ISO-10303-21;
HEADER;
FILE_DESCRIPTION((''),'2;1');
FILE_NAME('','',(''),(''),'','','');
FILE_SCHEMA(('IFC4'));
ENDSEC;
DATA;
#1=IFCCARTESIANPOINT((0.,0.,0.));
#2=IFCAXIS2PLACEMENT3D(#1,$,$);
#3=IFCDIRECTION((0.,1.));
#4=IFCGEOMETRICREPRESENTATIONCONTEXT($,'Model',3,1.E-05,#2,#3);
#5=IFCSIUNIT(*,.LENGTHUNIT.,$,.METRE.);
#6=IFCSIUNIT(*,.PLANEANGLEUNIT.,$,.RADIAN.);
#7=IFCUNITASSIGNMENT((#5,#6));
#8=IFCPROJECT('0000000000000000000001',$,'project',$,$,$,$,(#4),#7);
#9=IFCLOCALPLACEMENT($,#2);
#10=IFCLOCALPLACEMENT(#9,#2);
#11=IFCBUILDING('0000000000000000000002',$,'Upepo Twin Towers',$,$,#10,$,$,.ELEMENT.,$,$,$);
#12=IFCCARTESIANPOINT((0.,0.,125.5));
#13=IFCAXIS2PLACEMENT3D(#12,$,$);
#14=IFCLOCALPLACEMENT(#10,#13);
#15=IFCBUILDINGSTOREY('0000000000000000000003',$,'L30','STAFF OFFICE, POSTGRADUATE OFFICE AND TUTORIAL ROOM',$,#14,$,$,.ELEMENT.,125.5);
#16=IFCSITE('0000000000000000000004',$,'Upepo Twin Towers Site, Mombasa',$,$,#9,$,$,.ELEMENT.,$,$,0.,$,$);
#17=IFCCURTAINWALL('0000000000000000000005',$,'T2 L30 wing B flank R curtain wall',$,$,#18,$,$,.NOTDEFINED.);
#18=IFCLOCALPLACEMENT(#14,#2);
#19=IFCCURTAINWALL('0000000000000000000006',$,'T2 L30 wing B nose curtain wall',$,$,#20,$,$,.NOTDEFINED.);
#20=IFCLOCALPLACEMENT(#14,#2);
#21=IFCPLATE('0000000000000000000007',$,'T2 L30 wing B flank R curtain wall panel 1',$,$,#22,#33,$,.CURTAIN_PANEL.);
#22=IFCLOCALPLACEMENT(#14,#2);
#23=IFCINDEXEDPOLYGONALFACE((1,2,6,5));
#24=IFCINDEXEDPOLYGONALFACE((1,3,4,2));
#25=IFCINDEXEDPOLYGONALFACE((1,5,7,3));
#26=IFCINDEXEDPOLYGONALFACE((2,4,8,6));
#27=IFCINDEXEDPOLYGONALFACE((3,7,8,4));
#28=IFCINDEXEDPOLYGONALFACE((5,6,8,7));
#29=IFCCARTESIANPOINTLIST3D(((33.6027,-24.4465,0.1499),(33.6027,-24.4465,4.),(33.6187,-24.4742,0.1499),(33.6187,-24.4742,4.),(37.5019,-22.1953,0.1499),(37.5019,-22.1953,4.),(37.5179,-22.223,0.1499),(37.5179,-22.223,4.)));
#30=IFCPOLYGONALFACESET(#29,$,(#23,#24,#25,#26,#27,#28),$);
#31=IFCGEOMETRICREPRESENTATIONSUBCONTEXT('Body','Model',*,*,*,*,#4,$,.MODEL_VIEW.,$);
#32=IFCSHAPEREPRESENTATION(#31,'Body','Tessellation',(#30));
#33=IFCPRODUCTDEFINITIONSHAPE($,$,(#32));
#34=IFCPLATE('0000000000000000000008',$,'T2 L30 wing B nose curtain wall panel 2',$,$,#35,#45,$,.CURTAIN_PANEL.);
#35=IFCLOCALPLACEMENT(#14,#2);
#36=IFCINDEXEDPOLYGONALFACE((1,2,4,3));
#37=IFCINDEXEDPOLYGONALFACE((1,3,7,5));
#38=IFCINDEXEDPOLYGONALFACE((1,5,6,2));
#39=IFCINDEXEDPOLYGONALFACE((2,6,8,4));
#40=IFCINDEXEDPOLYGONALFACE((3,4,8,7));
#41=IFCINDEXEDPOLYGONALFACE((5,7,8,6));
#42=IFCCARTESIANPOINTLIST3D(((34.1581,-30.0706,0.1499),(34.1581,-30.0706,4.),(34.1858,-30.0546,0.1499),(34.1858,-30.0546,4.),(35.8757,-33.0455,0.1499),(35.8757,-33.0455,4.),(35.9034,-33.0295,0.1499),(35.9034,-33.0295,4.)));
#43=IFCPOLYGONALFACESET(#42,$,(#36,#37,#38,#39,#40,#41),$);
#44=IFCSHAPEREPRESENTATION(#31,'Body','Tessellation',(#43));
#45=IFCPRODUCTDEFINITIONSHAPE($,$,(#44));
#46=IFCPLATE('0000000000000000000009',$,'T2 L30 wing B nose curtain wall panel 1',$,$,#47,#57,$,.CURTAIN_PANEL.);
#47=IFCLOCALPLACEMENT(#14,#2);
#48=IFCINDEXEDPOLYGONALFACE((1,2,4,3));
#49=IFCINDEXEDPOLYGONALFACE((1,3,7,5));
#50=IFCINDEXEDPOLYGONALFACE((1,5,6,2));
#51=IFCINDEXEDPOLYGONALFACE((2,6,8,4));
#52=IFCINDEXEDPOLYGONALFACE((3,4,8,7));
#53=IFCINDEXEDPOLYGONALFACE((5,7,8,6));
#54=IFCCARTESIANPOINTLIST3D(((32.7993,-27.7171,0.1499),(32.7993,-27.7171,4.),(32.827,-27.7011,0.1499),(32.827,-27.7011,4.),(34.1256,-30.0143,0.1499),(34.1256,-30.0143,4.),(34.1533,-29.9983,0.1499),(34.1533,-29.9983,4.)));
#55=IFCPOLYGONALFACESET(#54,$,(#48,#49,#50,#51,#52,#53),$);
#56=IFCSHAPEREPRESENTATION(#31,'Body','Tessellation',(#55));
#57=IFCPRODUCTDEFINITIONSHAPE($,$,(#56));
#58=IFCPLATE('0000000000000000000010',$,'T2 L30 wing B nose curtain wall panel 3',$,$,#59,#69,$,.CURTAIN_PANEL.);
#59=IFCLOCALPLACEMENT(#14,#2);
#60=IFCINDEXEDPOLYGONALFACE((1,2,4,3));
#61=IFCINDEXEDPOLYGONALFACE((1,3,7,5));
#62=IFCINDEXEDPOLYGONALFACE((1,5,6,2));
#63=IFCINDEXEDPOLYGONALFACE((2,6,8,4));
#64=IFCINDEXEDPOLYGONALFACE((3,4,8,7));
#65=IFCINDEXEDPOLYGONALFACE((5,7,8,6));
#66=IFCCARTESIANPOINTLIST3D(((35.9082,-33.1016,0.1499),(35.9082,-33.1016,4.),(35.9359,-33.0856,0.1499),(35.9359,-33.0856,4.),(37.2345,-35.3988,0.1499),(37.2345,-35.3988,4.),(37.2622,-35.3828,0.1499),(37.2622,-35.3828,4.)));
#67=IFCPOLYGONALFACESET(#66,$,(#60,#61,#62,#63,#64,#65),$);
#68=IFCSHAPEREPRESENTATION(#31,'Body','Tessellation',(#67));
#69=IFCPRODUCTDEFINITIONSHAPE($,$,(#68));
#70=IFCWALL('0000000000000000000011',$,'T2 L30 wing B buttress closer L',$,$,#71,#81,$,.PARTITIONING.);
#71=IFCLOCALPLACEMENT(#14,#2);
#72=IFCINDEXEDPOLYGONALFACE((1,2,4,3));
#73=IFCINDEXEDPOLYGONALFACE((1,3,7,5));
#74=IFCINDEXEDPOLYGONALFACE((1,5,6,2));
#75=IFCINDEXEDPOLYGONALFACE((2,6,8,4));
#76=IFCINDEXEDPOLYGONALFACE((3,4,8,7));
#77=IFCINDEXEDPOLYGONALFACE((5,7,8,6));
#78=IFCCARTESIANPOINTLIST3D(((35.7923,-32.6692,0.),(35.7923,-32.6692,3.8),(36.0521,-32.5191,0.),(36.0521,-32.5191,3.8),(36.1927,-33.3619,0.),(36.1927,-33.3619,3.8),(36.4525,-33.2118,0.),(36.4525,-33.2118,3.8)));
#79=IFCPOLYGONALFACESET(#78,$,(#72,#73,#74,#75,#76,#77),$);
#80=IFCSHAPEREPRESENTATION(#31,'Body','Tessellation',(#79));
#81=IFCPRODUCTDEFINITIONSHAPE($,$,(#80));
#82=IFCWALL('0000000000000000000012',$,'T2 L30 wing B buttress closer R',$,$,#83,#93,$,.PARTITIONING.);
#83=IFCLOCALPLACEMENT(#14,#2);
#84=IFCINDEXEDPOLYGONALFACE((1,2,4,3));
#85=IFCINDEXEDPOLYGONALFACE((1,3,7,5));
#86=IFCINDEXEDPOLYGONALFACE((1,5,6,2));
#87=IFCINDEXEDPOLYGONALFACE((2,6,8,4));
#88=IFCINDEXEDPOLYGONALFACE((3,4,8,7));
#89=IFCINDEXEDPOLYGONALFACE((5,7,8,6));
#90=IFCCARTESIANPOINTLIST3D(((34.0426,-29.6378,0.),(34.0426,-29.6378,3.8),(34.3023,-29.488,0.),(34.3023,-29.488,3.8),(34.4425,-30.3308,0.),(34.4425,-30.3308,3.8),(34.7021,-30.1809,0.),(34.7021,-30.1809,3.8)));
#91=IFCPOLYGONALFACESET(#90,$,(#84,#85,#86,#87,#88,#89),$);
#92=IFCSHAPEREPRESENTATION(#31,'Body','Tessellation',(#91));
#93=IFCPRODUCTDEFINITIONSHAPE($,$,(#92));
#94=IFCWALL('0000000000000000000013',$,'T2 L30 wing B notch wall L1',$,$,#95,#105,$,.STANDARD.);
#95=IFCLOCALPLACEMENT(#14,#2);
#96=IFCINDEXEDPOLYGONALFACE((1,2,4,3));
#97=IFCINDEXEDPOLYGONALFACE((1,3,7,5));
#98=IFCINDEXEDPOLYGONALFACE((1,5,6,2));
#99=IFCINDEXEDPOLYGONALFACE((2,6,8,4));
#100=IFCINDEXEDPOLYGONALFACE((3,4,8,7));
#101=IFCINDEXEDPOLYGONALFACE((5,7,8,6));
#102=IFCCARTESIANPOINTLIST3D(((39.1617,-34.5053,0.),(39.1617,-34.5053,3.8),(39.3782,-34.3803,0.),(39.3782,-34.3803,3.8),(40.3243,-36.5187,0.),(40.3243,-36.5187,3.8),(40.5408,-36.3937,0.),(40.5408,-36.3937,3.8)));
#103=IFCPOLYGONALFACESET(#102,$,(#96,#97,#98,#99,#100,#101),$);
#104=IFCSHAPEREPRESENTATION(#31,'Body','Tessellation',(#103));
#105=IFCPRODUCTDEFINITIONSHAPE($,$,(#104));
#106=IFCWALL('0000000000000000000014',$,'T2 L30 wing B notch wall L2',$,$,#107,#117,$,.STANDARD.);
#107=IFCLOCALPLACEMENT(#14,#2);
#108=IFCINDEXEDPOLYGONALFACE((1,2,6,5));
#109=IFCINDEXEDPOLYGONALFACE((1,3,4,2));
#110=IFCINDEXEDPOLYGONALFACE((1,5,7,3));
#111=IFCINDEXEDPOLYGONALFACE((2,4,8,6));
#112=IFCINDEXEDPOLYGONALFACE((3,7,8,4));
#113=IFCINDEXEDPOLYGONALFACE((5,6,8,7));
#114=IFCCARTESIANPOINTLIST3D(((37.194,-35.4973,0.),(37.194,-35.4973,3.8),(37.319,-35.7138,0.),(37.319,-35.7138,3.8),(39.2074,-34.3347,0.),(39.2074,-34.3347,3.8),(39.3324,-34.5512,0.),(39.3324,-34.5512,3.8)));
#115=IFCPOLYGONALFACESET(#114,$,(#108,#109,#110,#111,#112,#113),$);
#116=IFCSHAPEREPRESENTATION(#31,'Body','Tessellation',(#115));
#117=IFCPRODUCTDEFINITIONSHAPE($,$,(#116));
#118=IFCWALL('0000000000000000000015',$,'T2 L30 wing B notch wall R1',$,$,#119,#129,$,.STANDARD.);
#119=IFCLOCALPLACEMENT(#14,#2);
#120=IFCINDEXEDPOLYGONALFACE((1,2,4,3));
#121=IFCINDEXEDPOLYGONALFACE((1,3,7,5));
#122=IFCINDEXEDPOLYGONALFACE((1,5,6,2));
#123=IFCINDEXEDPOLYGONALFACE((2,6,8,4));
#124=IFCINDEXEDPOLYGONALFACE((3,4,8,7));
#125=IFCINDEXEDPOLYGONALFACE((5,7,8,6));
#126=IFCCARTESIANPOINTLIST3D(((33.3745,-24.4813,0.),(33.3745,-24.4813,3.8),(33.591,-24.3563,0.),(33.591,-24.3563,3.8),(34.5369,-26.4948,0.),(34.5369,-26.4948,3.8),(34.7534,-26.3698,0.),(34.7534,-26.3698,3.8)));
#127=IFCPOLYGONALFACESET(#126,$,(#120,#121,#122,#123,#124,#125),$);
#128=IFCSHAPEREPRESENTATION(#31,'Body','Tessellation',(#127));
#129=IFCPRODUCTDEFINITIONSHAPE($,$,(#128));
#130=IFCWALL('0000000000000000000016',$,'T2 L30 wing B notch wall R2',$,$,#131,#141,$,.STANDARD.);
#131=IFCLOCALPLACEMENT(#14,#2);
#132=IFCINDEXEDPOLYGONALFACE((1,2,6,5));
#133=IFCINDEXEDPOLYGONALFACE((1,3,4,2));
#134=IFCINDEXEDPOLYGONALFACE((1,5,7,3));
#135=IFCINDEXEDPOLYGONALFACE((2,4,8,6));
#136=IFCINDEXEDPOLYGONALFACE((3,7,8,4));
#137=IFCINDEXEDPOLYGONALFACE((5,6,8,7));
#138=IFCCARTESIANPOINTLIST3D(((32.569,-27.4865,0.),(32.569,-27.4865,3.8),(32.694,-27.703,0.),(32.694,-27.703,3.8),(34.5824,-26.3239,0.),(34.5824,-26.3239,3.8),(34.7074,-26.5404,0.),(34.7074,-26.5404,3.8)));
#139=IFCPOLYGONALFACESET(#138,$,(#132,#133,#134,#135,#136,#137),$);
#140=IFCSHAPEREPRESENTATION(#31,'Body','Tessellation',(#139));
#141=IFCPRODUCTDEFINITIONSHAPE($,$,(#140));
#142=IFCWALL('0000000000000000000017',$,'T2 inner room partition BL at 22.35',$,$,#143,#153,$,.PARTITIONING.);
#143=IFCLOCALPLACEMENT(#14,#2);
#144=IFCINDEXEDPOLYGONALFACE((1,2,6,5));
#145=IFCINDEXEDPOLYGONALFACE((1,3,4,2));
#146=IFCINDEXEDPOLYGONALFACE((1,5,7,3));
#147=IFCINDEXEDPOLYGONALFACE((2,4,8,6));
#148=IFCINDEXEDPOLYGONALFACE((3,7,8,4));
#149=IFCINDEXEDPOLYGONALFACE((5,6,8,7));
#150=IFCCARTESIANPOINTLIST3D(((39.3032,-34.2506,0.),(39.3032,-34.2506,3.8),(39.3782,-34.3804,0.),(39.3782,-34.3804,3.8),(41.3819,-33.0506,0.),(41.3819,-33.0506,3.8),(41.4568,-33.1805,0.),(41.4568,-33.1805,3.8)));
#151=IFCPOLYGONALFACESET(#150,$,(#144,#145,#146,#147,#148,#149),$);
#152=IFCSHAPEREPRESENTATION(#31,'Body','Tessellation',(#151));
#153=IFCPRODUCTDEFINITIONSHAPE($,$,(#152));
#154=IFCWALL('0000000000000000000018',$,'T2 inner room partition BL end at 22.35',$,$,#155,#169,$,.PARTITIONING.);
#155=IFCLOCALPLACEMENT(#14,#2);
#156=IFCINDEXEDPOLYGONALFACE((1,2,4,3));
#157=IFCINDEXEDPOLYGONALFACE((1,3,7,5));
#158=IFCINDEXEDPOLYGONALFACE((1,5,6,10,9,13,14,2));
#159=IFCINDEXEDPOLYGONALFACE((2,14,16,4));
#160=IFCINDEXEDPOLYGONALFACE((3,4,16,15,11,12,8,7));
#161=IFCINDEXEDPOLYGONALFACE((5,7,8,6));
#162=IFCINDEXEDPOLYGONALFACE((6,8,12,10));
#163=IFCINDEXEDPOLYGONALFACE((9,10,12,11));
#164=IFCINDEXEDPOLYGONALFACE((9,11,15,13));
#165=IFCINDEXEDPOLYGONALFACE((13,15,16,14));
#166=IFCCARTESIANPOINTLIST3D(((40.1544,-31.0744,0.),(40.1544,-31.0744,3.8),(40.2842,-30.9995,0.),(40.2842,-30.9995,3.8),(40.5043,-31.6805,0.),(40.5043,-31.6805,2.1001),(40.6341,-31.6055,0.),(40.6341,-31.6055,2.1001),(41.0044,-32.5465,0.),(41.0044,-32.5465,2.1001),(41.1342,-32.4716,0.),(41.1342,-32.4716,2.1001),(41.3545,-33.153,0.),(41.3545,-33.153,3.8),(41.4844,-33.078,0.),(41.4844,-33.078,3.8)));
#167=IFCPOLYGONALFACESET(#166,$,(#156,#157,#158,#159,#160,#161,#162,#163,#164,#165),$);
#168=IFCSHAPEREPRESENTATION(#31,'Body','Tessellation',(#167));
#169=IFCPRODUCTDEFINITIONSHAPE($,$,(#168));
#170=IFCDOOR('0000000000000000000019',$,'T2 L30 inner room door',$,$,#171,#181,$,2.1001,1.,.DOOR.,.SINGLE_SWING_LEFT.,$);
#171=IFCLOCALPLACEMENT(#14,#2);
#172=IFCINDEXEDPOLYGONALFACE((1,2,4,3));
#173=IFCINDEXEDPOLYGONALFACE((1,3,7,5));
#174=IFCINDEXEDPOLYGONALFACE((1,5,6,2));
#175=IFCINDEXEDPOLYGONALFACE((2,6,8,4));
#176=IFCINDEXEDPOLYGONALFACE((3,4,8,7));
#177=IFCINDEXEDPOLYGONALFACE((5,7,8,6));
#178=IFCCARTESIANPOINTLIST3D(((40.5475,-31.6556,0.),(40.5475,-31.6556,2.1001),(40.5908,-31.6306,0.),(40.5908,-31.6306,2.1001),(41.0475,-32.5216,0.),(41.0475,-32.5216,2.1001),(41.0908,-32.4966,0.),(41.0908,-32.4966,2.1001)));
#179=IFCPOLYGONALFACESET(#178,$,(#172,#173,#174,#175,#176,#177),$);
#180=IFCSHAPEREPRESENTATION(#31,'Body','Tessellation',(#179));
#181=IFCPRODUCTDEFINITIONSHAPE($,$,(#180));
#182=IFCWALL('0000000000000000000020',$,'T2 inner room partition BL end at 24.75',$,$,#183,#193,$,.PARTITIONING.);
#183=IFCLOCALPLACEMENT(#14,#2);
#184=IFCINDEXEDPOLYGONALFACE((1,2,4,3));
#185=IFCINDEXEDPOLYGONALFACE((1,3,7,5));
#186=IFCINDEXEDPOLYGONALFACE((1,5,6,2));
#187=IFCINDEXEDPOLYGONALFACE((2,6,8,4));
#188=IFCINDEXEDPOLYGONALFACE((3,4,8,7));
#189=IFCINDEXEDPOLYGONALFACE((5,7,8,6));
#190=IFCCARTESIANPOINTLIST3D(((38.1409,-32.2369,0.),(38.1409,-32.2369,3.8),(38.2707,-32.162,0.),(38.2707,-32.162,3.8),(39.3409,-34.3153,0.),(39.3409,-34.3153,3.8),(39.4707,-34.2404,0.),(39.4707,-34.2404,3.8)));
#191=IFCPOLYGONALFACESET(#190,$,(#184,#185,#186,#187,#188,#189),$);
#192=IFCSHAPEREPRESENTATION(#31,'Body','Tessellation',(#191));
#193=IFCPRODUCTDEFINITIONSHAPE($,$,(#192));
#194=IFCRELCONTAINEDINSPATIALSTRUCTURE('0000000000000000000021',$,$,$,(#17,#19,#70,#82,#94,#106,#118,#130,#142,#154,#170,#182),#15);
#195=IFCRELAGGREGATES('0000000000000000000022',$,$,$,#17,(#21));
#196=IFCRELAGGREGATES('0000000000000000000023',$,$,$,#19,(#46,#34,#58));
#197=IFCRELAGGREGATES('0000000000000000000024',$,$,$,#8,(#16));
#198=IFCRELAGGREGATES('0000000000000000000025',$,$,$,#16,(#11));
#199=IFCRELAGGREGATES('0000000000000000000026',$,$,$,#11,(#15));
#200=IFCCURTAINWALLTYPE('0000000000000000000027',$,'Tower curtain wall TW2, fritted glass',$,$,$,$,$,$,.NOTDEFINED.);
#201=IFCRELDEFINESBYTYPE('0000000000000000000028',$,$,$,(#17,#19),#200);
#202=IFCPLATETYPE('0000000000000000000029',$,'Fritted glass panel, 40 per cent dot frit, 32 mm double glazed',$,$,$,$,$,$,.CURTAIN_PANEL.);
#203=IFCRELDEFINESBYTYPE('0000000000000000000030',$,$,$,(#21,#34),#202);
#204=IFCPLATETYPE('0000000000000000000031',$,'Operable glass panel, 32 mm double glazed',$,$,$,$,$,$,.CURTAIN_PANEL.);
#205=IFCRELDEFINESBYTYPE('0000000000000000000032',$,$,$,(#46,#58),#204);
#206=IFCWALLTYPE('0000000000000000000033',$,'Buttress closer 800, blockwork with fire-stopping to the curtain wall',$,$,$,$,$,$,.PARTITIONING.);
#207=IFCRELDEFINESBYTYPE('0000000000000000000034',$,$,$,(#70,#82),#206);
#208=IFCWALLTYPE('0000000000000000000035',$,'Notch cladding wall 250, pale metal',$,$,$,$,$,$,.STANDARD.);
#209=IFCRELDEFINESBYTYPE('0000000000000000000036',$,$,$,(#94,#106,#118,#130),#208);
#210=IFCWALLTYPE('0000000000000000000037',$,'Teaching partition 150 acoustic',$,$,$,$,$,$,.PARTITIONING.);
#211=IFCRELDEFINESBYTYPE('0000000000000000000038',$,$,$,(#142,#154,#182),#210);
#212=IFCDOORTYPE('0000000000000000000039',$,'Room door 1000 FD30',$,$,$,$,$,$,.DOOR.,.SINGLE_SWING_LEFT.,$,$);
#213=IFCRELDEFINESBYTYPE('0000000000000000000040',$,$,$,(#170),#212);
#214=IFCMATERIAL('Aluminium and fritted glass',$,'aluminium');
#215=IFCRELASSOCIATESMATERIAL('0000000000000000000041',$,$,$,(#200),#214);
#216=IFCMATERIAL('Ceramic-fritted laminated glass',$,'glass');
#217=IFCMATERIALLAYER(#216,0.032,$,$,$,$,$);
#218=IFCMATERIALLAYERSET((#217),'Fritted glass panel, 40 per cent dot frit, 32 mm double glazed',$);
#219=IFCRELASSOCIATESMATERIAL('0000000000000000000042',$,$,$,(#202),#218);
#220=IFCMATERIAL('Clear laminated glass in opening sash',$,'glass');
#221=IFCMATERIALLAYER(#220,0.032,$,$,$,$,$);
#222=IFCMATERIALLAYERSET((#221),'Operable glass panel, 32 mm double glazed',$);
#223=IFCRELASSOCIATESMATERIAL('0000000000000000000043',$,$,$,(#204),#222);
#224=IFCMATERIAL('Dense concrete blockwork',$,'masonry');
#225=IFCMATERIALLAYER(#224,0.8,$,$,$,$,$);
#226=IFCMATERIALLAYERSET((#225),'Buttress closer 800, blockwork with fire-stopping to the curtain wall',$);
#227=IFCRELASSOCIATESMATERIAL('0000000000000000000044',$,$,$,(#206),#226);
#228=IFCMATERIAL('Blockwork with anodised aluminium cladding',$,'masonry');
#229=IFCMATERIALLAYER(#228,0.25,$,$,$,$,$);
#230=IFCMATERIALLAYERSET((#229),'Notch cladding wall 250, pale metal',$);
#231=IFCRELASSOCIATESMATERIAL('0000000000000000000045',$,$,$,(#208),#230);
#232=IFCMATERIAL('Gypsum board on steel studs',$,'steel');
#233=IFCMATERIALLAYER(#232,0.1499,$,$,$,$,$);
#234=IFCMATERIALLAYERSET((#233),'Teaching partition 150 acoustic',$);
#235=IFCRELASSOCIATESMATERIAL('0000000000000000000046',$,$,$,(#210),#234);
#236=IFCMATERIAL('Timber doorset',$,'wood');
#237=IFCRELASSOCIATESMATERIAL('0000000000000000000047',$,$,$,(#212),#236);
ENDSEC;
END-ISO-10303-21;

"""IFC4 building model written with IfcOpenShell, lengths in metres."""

from ifc_helpers import new_model, si_unit, direction, frame, frame_2d, origin, origin_2d, place, context, subcontext, project, spatial, rectangle, extrude, material, layer, layer_set, type_object, element, fill, aggregate, save


model = new_model("IFC4")

# Units and contexts
model_context = context("Model", 3, precision=1e-05, world=origin(), true_north=direction((0.0, 1.0)))
body_context = subcontext(model_context, "Body", "Model", "MODEL_VIEW")
ifc_project = project(units=[si_unit("LENGTHUNIT", "METRE"), si_unit("PLANEANGLEUNIT", "RADIAN")], contexts=[model_context])

# Site, building, storey
site_placement = place(None, origin())
site = spatial("IfcSite", under=ifc_project, at=site_placement, Name="Upepo Twin Towers Site, Mombasa", CompositionType="ELEMENT", RefElevation=0.0)
building_placement = place(site_placement, origin())
building = spatial("IfcBuilding", under=site, at=building_placement, Name="Upepo Twin Towers", CompositionType="ELEMENT")
storey_placement = place(building_placement, frame((0.0, 0.0, 125.5)))
storey = spatial("IfcBuildingStorey", under=building, at=storey_placement, Name="L30", Description="STAFF OFFICE, POSTGRADUATE OFFICE AND TUTORIAL ROOM", CompositionType="ELEMENT", Elevation=125.5)

# Shared definitions
ifc_material_1 = material(Name="Aluminium and fritted glass", Category="aluminium")
curtain_wall_type = type_object("IfcCurtainWallType", Name="Tower curtain wall TW2, fritted glass", PredefinedType="NOTDEFINED", material=ifc_material_1)

# Curtain walls
curtain_wall_1_placement = place(storey_placement, origin())
curtain_wall_1 = element("IfcCurtainWall", 1, at=curtain_wall_1_placement, inside=storey, type_object=curtain_wall_type, Name="T2 L30 wing B flank R curtain wall", PredefinedType="NOTDEFINED")
curtain_wall_2_placement = place(storey_placement, origin())
curtain_wall_2 = element("IfcCurtainWall", 2, at=curtain_wall_2_placement, inside=storey, type_object=curtain_wall_type, Name="T2 L30 wing B nose curtain wall", PredefinedType="NOTDEFINED")

# Plates
ifc_material_2 = material(Name="Ceramic-fritted laminated glass", Category="glass")
ifc_layer_1 = layer(ifc_material_2, 0.032)
ifc_layer_set_1 = layer_set([ifc_layer_1], Name="Fritted glass panel, 40 per cent dot frit, 32 mm double glazed")
plate_type_1 = type_object("IfcPlateType", Name="Fritted glass panel, 40 per cent dot frit, 32 mm double glazed", PredefinedType="CURTAIN_PANEL", material=ifc_layer_set_1)
plate_1_placement = place(storey_placement, frame((35.5603, -23.3347, 0.1499), z_axis=(0.0, 0.0, 1.0), x_axis=(0.866025, 0.5, 0.0)))
plate_1 = element("IfcPlate", 3, at=plate_1_placement, type_object=plate_type_1, Name="T2 L30 wing B flank R curtain wall panel 1", PredefinedType="CURTAIN_PANEL", context=body_context, shape_type="SweptSolid", body=[
    extrude(rectangle(XDim=4.5024, YDim=0.032, at=origin_2d()), origin(), (0.0, 0.0, 1.0), 3.8501),
])
aggregate(curtain_wall_1, [plate_1])
plate_2_placement = place(storey_placement, frame((35.0308, -31.55, 0.1499), z_axis=(0.0, 0.0, 1.0), x_axis=(0.5, -0.866025, 0.0)))
plate_2 = element("IfcPlate", 4, at=plate_2_placement, type_object=plate_type_1, Name="T2 L30 wing B nose curtain wall panel 2", PredefinedType="CURTAIN_PANEL", context=body_context, shape_type="SweptSolid", body=[
    extrude(rectangle(XDim=3.4351, YDim=0.032, at=origin_2d()), origin(), (0.0, 0.0, 1.0), 3.8501),
])
ifc_material_3 = material(Name="Clear laminated glass in opening sash", Category="glass")
ifc_layer_2 = layer(ifc_material_3, 0.032)
ifc_layer_set_2 = layer_set([ifc_layer_2], Name="Operable glass panel, 32 mm double glazed")
plate_type_2 = type_object("IfcPlateType", Name="Operable glass panel, 32 mm double glazed", PredefinedType="CURTAIN_PANEL", material=ifc_layer_set_2)
plate_3_placement = place(storey_placement, frame((33.4763, -28.8577, 0.1499), z_axis=(0.0, 0.0, 1.0), x_axis=(0.5, -0.866025, 0.0)))
plate_3 = element("IfcPlate", 5, at=plate_3_placement, type_object=plate_type_2, Name="T2 L30 wing B nose curtain wall panel 1", PredefinedType="CURTAIN_PANEL", context=body_context, shape_type="SweptSolid", body=[
    extrude(rectangle(XDim=2.6526, YDim=0.032, at=origin_2d()), origin(), (0.0, 0.0, 1.0), 3.8501),
])
plate_4_placement = place(storey_placement, frame((36.5852, -34.2422, 0.1499), z_axis=(0.0, 0.0, 1.0), x_axis=(0.5, -0.866025, 0.0)))
plate_4 = element("IfcPlate", 6, at=plate_4_placement, type_object=plate_type_2, Name="T2 L30 wing B nose curtain wall panel 3", PredefinedType="CURTAIN_PANEL", context=body_context, shape_type="SweptSolid", body=[
    extrude(rectangle(XDim=2.6526, YDim=0.032, at=origin_2d()), origin(), (0.0, 0.0, 1.0), 3.8501),
])
aggregate(curtain_wall_2, [plate_3, plate_2, plate_4])

# Walls
ifc_material_4 = material(Name="Dense concrete blockwork", Category="masonry")
ifc_layer_3 = layer(ifc_material_4, 0.8)
ifc_layer_set_3 = layer_set([ifc_layer_3], Name="Buttress closer 800, blockwork with fire-stopping to the curtain wall")
wall_type_1 = type_object("IfcWallType", Name="Buttress closer 800, blockwork with fire-stopping to the curtain wall", PredefinedType="PARTITIONING", material=ifc_layer_set_3)
wall_1_placement = place(storey_placement, frame((36.2522, -32.8655, 0.0), z_axis=(0.0, 0.0, 1.0), x_axis=(-0.865779, -0.500427, 0.0)))
element("IfcWall", 7, at=wall_1_placement, inside=storey, type_object=wall_type_1, Name="T2 L30 wing B buttress closer L", PredefinedType="PARTITIONING", context=body_context, shape_type="SweptSolid", body=[
    extrude(rectangle(XDim=0.3, YDim=0.8, at=frame_2d((0.1499, 0.0))), origin(), (0.0, 0.0, 1.0), 3.8),
])
wall_2_placement = place(storey_placement, frame((34.5022, -29.8345, 0.0), z_axis=(0.0, 0.0, 1.0), x_axis=(-0.866131, -0.499816, 0.0)))
element("IfcWall", 8, at=wall_2_placement, inside=storey, type_object=wall_type_1, Name="T2 L30 wing B buttress closer R", PredefinedType="PARTITIONING", context=body_context, shape_type="SweptSolid", body=[
    extrude(rectangle(XDim=0.2998, YDim=0.8, at=frame_2d((0.1499, 0.0))), origin(), (0.0, 0.0, 1.0), 3.8),
])
ifc_material_5 = material(Name="Blockwork with anodised aluminium cladding", Category="masonry")
ifc_layer_4 = layer(ifc_material_5, 0.25)
ifc_layer_set_4 = layer_set([ifc_layer_4], Name="Notch cladding wall 250, pale metal")
wall_type_2 = type_object("IfcWallType", Name="Notch cladding wall 250, pale metal", PredefinedType="STANDARD", material=ifc_layer_set_4)
for number, where, z_axis, x_axis, name in (
    (9, (40.4326, -36.4563, 0.0), (0.0, 0.0, 1.0), (-0.500047, 0.865998, 0.0), "T2 L30 wing B notch wall L1"),
    (10, (39.27, -34.4429, 0.0), (0.0, 0.0, 1.0), (-0.865998, -0.500047, 0.0), "T2 L30 wing B notch wall L2"),
    (11, (33.4827, -24.4187, 0.0), (0.0, 0.0, 1.0), (0.499968, -0.866044, 0.0), "T2 L30 wing B notch wall R1"),
    (12, (34.645, -26.4321, 0.0), (0.0, 0.0, 1.0), (-0.865998, -0.500047, 0.0), "T2 L30 wing B notch wall R2"),
):
    element("IfcWall", number, at=place(storey_placement, frame(where, z_axis=z_axis, x_axis=x_axis)), inside=storey, type_object=wall_type_2, Name=name, PredefinedType="STANDARD", context=body_context, shape_type="SweptSolid", body=[
        extrude(rectangle(XDim=2.325, YDim=0.25, at=frame_2d((1.1626, 0.0))), origin(), (0.0, 0.0, 1.0), 3.8),
    ])
ifc_material_6 = material(Name="Gypsum board on steel studs", Category="steel")
ifc_layer_5 = layer(ifc_material_6, 0.1499)
ifc_layer_set_5 = layer_set([ifc_layer_5], Name="Teaching partition 150 acoustic")
wall_type_3 = type_object("IfcWallType", Name="Teaching partition 150 acoustic", PredefinedType="PARTITIONING", material=ifc_layer_set_5)
wall_3_placement = place(storey_placement, frame((41.4194, -33.1155, 0.0), z_axis=(0.0, 0.0, 1.0), x_axis=(-0.86605, -0.499957, 0.0)))
element("IfcWall", 13, at=wall_3_placement, inside=storey, type_object=wall_type_3, Name="T2 inner room partition BL at 22.35", PredefinedType="PARTITIONING", context=body_context, shape_type="SweptSolid", body=[
    extrude(rectangle(XDim=2.4001, YDim=0.1499, at=frame_2d((1.2002, 0.0))), origin(), (0.0, 0.0, 1.0), 3.8),
])

# Wall, opening, door
wall_4_placement = place(storey_placement, frame((40.2192, -31.0369, 0.0), z_axis=(0.0, 0.0, 1.0), x_axis=(0.500034, -0.866006, 0.0)))
wall_4 = element("IfcWall", 14, at=wall_4_placement, inside=storey, type_object=wall_type_3, Name="T2 inner room partition BL end at 22.35", PredefinedType="PARTITIONING", context=body_context, shape_type="SweptSolid", body=[
    extrude(rectangle(XDim=2.4001, YDim=0.1499, at=frame_2d((1.2002, 0.0))), origin(), (0.0, 0.0, 1.0), 3.8),
])
opening_placement = place(wall_4_placement, frame((0.7, 0.0, 0.0)))
opening = element("IfcOpeningElement", 15, at=opening_placement, cuts=wall_4, PredefinedType="OPENING", context=body_context, shape_type="SweptSolid", body=[
    extrude(rectangle(XDim=1.0, YDim=2.1001, at=frame_2d((0.5, 1.05))), frame((0.0, 0.085, 0.0), z_axis=(0.0, -1.0, 0.0), x_axis=(1.0, 0.0, 0.0)), (0.0, 0.0, 1.0), 0.1699),
])
ifc_material_7 = material(Name="Timber doorset", Category="wood")
door_type = type_object("IfcDoorType", Name="Room door 1000 FD30", OperationType="SINGLE_SWING_LEFT", PredefinedType="DOOR", material=ifc_material_7)
door_placement = place(opening_placement, origin())
door = element("IfcDoor", 16, at=door_placement, inside=storey, type_object=door_type, Name="T2 L30 inner room door", OperationType="SINGLE_SWING_LEFT", OverallHeight=2.1001, OverallWidth=1.0, PredefinedType="DOOR", context=body_context, shape_type="SweptSolid", body=[
    extrude(rectangle(XDim=1.0, YDim=2.1001, at=frame_2d((0.5, 1.05))), frame((0.0, 0.0249, 0.0), z_axis=(0.0, -1.0, 0.0), x_axis=(1.0, 0.0, 0.0)), (0.0, 0.0, 1.0), 0.05),
])
fill(opening, door)

# Wall
wall_5_placement = place(storey_placement, frame((38.2058, -32.1995, 0.0), z_axis=(0.0, 0.0, 1.0), x_axis=(0.500001, -0.866025, 0.0)))
element("IfcWall", 17, at=wall_5_placement, inside=storey, type_object=wall_type_3, Name="T2 inner room partition BL end at 24.75", PredefinedType="PARTITIONING", context=body_context, shape_type="SweptSolid", body=[
    extrude(rectangle(XDim=2.3999, YDim=0.1499, at=frame_2d((1.2, 0.0))), origin(), (0.0, 0.0, 1.0), 3.8),
])

save(model, "model.ifc")
